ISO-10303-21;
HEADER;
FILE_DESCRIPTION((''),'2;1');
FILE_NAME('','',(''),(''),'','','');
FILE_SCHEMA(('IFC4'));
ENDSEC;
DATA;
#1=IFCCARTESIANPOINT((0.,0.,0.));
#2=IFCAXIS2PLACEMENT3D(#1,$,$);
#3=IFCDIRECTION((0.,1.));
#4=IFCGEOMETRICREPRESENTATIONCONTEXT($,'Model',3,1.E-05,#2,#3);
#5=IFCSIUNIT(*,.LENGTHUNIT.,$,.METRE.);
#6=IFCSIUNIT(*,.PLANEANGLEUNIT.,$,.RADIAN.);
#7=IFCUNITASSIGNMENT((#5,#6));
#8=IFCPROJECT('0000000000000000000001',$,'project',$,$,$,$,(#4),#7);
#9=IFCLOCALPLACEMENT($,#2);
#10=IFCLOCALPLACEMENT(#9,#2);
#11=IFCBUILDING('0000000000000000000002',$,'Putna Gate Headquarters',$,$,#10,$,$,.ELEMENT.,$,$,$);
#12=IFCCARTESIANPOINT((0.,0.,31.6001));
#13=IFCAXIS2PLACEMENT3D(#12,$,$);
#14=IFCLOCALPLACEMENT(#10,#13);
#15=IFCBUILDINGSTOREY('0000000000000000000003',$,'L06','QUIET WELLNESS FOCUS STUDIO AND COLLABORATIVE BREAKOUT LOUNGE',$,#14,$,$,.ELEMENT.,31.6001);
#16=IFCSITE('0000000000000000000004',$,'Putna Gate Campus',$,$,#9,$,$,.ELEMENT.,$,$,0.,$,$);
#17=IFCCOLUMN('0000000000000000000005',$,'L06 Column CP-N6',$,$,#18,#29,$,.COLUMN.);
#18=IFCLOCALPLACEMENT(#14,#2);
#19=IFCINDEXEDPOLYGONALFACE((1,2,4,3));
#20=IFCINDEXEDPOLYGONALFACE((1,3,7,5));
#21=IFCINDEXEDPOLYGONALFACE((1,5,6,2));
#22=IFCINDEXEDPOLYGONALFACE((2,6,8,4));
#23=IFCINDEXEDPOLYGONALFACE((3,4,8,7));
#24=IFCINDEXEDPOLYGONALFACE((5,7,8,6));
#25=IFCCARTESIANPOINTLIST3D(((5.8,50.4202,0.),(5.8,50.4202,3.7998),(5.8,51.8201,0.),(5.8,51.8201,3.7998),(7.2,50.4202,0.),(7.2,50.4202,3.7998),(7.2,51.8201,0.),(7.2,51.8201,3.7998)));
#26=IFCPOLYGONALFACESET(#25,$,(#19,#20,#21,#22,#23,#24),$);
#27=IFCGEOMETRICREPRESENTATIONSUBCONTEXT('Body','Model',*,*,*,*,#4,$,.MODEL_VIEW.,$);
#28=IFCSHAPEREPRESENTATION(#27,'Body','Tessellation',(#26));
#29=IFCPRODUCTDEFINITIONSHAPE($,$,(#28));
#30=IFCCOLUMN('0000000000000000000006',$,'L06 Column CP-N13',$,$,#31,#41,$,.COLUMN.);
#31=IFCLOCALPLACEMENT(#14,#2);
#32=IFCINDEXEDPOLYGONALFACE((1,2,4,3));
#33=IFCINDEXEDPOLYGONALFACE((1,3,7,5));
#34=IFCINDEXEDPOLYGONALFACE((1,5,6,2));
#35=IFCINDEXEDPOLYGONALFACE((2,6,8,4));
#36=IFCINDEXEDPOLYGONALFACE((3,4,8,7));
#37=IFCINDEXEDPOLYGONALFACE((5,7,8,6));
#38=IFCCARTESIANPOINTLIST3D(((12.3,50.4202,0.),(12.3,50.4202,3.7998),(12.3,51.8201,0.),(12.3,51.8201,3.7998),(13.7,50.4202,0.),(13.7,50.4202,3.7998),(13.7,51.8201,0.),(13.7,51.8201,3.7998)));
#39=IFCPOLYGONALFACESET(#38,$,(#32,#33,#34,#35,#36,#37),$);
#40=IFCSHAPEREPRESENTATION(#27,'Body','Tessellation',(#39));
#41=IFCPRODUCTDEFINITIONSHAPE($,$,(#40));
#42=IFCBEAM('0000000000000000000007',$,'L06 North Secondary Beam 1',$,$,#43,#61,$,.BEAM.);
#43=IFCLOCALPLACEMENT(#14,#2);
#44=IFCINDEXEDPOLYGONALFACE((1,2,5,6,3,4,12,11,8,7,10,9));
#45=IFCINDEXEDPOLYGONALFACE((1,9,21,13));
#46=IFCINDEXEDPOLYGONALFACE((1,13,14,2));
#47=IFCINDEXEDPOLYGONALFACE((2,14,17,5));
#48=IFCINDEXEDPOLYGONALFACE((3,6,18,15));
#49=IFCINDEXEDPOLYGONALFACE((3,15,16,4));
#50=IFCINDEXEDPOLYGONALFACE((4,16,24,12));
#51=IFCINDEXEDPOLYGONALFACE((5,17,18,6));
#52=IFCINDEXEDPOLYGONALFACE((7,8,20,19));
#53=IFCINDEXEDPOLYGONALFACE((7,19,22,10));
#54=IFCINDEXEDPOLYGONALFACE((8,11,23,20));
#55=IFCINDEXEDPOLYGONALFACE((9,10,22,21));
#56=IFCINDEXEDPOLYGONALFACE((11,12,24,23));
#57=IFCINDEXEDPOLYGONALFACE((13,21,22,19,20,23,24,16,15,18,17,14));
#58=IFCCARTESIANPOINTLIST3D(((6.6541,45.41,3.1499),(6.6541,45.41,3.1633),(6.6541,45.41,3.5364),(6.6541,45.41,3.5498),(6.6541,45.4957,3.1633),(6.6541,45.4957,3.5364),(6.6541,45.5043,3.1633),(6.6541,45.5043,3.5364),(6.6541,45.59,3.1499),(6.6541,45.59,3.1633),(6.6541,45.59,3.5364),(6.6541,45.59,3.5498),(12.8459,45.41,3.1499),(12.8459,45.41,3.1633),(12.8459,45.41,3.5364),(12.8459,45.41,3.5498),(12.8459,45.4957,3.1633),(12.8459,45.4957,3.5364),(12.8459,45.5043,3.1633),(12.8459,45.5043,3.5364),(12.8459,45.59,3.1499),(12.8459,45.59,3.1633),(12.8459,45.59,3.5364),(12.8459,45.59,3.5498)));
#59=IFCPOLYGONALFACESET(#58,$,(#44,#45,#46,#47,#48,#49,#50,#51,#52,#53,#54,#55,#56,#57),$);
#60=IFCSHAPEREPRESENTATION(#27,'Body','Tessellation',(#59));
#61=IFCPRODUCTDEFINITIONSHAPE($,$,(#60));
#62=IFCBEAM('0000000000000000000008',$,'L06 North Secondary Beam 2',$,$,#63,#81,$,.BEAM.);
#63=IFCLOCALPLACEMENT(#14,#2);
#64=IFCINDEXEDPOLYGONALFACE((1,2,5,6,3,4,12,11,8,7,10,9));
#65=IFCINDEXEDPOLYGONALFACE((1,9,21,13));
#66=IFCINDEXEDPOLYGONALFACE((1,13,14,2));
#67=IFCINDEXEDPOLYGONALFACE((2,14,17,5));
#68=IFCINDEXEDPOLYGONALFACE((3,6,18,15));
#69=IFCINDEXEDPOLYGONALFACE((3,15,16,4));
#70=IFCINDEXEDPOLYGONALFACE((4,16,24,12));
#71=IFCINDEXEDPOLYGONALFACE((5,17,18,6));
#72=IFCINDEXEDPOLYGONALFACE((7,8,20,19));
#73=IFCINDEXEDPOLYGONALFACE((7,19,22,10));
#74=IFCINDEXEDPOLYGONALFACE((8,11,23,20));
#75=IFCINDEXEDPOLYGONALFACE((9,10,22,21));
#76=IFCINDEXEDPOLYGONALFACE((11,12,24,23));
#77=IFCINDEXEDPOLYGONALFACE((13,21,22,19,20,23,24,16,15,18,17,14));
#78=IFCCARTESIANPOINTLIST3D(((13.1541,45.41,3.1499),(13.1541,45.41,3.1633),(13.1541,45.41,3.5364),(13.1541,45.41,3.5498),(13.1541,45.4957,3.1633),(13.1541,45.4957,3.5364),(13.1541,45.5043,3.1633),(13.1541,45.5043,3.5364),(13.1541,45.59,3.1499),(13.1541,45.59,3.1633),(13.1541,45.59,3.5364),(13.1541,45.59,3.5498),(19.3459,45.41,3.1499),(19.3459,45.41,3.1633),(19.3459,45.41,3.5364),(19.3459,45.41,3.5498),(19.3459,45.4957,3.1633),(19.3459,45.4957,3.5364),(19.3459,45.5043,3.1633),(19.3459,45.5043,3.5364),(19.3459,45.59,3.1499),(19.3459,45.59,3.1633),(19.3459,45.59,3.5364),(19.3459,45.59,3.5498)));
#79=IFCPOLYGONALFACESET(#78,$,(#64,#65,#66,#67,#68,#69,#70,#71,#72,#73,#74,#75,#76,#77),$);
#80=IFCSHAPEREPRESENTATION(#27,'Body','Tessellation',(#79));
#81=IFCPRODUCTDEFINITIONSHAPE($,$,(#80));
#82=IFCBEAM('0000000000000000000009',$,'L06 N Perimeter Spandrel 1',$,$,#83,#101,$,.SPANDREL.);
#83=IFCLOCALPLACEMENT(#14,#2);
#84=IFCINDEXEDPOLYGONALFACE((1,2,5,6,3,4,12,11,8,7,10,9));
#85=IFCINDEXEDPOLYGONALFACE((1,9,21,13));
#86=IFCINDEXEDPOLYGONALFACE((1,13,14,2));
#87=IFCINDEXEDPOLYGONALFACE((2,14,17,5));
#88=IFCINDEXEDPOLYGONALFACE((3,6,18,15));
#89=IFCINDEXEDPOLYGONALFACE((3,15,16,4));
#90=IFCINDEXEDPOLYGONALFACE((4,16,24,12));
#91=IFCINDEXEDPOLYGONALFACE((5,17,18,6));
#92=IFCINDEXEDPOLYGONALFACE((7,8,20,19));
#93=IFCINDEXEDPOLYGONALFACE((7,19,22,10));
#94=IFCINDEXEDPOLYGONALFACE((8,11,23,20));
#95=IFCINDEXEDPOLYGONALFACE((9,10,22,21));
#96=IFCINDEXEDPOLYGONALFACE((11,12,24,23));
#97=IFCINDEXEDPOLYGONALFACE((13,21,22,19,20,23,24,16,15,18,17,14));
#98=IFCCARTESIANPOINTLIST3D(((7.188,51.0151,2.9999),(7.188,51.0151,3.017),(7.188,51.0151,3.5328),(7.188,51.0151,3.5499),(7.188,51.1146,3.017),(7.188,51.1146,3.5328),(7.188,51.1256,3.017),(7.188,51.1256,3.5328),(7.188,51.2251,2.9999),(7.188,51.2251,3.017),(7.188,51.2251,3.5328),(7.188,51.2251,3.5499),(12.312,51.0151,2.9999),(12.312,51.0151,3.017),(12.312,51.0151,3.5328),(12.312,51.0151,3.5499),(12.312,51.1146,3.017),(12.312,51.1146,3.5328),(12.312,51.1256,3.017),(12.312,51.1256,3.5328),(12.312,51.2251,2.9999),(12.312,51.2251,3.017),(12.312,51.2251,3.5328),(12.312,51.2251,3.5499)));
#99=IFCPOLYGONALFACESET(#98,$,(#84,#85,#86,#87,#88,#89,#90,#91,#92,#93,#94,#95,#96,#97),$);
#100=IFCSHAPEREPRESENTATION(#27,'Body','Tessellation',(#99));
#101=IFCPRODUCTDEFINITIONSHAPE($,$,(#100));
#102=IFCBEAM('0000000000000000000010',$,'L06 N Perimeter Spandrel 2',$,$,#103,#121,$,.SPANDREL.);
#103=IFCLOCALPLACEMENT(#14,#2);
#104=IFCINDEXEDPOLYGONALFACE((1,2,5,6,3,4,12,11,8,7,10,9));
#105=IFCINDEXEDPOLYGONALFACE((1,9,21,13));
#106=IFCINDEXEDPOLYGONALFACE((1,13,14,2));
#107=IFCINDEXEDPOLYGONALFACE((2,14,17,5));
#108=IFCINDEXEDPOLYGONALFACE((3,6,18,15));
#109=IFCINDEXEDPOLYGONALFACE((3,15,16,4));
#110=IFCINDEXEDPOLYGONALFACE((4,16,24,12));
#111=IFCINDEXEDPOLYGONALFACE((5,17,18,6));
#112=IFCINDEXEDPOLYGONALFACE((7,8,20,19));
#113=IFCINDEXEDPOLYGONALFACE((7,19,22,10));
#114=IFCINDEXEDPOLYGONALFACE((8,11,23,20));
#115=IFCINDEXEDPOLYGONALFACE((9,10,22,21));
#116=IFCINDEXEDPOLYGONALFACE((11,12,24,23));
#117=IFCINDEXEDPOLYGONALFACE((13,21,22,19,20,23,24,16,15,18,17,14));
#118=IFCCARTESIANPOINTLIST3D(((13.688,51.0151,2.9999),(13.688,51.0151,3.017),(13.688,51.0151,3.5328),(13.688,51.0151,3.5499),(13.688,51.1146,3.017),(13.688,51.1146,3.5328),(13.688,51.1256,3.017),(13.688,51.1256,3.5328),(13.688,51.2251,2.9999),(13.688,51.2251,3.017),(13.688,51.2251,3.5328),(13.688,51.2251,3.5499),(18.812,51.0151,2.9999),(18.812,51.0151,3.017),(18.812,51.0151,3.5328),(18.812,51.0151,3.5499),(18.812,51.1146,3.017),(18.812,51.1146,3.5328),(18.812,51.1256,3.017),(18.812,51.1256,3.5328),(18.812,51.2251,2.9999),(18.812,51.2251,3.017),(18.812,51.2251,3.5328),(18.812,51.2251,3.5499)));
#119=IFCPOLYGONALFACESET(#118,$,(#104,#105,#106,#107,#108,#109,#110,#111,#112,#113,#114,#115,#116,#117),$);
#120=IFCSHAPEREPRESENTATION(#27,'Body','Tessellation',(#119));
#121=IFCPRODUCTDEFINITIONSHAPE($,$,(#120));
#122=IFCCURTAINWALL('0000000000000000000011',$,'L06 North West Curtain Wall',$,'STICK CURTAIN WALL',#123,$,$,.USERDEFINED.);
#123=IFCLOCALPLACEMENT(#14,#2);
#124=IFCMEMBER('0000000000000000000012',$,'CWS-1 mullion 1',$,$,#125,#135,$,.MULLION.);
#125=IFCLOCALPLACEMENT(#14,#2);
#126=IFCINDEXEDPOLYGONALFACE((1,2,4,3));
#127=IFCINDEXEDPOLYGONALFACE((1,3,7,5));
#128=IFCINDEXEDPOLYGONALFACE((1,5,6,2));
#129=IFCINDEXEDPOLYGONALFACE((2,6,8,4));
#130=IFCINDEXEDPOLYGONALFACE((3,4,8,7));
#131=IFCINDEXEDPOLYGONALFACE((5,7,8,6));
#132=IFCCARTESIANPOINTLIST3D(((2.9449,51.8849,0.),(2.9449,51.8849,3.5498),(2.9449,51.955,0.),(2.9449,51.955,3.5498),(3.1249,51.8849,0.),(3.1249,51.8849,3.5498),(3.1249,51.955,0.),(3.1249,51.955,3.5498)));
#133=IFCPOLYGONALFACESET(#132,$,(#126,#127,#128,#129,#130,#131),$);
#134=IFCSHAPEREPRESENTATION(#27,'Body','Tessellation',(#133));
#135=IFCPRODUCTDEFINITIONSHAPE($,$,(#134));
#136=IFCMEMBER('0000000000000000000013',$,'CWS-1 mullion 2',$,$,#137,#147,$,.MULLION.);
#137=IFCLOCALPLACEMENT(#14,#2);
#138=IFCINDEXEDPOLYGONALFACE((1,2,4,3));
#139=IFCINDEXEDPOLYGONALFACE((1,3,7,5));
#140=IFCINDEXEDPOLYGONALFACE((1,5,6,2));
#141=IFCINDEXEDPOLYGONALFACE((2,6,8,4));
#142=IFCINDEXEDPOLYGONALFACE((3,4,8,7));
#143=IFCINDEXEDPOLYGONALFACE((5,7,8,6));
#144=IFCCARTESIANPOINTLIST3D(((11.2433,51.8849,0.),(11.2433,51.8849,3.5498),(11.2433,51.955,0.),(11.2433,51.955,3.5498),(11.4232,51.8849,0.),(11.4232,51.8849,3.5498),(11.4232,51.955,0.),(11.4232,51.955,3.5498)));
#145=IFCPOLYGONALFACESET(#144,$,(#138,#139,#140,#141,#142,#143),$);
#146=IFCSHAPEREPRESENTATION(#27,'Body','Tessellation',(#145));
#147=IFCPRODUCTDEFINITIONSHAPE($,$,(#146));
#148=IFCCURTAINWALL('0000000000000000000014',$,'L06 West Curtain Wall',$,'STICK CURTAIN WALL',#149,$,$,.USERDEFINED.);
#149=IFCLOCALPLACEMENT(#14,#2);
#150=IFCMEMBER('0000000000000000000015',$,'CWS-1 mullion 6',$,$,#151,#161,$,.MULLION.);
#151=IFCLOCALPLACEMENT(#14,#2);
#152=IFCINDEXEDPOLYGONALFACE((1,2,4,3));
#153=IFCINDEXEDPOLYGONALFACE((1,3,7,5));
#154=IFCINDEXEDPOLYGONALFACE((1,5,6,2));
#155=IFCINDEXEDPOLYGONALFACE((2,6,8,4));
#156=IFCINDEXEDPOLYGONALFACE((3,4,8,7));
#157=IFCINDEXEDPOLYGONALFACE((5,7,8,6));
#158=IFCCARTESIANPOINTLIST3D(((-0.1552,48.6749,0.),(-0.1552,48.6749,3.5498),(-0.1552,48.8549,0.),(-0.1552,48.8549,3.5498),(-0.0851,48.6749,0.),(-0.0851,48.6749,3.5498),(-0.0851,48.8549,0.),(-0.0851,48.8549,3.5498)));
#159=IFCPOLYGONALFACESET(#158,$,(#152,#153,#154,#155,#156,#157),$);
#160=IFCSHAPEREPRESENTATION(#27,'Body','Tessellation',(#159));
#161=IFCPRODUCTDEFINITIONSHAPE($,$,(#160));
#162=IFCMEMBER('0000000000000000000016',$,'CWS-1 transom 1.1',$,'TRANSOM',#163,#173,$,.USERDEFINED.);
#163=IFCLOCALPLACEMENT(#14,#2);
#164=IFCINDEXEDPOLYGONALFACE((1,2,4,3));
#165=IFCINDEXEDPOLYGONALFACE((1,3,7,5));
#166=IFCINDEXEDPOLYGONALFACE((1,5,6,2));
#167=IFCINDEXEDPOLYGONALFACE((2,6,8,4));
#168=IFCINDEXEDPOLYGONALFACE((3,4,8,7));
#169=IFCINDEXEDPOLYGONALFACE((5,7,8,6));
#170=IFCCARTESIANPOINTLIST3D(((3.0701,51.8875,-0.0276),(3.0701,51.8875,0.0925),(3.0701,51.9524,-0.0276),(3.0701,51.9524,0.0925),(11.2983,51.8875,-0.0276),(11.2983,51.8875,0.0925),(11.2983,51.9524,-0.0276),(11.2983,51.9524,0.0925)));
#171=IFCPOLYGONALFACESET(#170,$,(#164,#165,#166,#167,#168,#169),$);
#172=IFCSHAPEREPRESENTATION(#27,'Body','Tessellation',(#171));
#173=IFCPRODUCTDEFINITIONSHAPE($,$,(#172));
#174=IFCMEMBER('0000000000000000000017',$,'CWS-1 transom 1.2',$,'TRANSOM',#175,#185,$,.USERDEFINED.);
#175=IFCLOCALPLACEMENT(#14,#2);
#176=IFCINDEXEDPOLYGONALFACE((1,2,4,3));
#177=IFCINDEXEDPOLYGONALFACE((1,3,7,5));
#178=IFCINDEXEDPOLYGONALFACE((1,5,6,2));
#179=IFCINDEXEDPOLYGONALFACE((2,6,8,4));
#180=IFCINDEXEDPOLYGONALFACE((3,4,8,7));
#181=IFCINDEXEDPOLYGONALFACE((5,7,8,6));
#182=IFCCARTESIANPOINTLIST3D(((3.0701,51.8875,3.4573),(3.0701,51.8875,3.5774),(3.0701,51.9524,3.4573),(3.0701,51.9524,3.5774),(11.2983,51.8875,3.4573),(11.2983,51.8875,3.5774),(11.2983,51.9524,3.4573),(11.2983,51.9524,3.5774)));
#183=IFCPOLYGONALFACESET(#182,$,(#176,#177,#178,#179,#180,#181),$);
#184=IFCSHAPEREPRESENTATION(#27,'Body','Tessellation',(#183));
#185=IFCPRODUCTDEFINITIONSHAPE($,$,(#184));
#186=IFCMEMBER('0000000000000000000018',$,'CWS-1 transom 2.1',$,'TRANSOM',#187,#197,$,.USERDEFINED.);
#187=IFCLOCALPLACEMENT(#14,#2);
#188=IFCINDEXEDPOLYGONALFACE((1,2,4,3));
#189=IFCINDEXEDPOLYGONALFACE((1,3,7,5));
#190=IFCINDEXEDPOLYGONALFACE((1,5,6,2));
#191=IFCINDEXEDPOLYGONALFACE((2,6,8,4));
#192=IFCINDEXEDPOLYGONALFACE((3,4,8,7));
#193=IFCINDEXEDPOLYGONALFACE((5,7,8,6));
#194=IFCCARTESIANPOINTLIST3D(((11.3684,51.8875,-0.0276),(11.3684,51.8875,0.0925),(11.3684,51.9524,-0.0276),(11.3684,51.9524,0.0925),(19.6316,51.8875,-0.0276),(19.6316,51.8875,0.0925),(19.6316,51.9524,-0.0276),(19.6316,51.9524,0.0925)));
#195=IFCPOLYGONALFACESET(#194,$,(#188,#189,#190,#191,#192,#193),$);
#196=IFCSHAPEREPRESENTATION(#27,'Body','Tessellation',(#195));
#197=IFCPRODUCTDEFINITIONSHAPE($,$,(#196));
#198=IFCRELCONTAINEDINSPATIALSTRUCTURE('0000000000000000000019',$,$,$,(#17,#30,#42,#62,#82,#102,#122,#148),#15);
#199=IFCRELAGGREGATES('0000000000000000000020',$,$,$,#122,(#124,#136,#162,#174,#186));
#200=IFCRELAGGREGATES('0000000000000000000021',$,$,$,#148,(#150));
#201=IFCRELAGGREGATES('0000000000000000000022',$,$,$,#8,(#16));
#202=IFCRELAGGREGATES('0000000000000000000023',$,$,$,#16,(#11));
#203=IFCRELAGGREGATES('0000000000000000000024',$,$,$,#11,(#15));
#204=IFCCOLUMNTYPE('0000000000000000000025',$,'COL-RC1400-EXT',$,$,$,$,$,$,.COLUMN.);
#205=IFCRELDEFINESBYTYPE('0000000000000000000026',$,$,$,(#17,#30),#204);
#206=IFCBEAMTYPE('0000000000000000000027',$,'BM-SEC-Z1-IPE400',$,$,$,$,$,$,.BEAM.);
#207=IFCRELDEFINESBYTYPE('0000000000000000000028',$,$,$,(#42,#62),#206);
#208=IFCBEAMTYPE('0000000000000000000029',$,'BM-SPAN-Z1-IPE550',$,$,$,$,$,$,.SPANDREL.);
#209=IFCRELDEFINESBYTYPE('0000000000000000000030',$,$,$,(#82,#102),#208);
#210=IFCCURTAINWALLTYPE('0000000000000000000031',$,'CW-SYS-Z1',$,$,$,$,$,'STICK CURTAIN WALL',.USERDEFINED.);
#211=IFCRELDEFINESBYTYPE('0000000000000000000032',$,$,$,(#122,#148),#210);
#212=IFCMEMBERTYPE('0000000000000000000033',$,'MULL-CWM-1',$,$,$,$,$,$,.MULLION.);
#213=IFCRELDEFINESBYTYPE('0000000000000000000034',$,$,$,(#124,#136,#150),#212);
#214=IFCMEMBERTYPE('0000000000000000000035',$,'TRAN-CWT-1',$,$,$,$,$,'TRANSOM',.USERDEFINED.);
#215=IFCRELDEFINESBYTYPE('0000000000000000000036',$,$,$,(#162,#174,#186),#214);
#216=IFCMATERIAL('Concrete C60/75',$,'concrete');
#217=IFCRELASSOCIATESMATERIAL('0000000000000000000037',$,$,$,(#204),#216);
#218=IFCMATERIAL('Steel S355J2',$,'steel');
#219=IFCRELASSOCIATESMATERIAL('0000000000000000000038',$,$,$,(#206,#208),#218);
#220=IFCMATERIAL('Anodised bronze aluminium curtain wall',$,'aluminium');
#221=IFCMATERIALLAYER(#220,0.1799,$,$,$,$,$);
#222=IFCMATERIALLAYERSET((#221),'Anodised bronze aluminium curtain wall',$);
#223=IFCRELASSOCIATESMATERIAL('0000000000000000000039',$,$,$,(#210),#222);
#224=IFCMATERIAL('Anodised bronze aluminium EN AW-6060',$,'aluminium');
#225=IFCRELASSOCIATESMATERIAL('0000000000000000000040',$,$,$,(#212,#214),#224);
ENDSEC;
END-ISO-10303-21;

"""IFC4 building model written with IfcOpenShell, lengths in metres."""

from ifc_helpers import new_model, si_unit, direction, frame, origin, origin_2d, place, context, subcontext, project, spatial, rectangle, i_section, extrude, material, layer, layer_set, material_profile, profile_set, type_object, element, aggregate, save


model = new_model("IFC4")

# Units and contexts
model_context = context("Model", 3, precision=1e-05, world=origin(), true_north=direction((0.0, 1.0)))
body_context = subcontext(model_context, "Body", "Model", "MODEL_VIEW")
ifc_project = project(units=[si_unit("LENGTHUNIT", "METRE"), si_unit("PLANEANGLEUNIT", "RADIAN")], contexts=[model_context])

# Site, building, storey
site_placement = place(None, origin())
site = spatial("IfcSite", under=ifc_project, at=site_placement, Name="Putna Gate Campus", CompositionType="ELEMENT", RefElevation=0.0)
building_placement = place(site_placement, origin())
building = spatial("IfcBuilding", under=site, at=building_placement, Name="Putna Gate Headquarters", CompositionType="ELEMENT")
storey_placement = place(building_placement, frame((0.0, 0.0, 31.6001)))
storey = spatial("IfcBuildingStorey", under=building, at=storey_placement, Name="L06", Description="QUIET WELLNESS FOCUS STUDIO AND COLLABORATIVE BREAKOUT LOUNGE", CompositionType="ELEMENT", Elevation=31.6001)

# Columns
ifc_material_1 = material(Name="Concrete C60/75", Category="concrete")
ifc_material_profile_1 = material_profile(ifc_material_1, rectangle(XDim=1.3999, YDim=1.3999, at=origin_2d()), Name="Concrete C60/75")
ifc_profile_set_1 = profile_set([ifc_material_profile_1], Name="Concrete C60/75")
column_type = type_object("IfcColumnType", Name="COL-RC1400-EXT", PredefinedType="COLUMN", material=ifc_profile_set_1)
for number, where, z_axis, x_axis, name in (
    (1, (6.5, 51.1201, 0.0), (0.0, 0.0, 1.0), (1.0, 0.0, 0.0), "L06 Column CP-N6"),
    (2, (13.0, 51.1201, 0.0), (0.0, 0.0, 1.0), (1.0, 0.0, 0.0), "L06 Column CP-N13"),
):
    element("IfcColumn", number, at=place(storey_placement, frame(where, z_axis=z_axis, x_axis=x_axis)), inside=storey, type_object=column_type, Name=name, PredefinedType="COLUMN", context=body_context, shape_type="SweptSolid", body=[
        extrude(rectangle(XDim=1.3999, YDim=1.3999, at=origin_2d()), origin(), (0.0, 0.0, 1.0), 3.7998),
    ])

# Beams
ifc_material_2 = material(Name="Steel S355J2", Category="steel")
ifc_material_profile_2 = material_profile(ifc_material_2, i_section(OverallWidth=0.1799, OverallDepth=0.3999, WebThickness=0.0085, FlangeThickness=0.0134, at=origin_2d()), Name="Steel S355J2")
ifc_profile_set_2 = profile_set([ifc_material_profile_2], Name="Steel S355J2")
beam_type_1 = type_object("IfcBeamType", Name="BM-SEC-Z1-IPE400", PredefinedType="BEAM", material=ifc_profile_set_2)
for number, where, z_axis, x_axis, name in (
    (3, (6.6541, 45.5, 3.3499), (1.0, 0.0, 0.0), (0.0, 1.0, 0.0), "L06 North Secondary Beam 1"),
    (4, (13.1541, 45.5, 3.3499), (1.0, 0.0, 0.0), (0.0, 1.0, 0.0), "L06 North Secondary Beam 2"),
):
    element("IfcBeam", number, at=place(storey_placement, frame(where, z_axis=z_axis, x_axis=x_axis)), inside=storey, type_object=beam_type_1, Name=name, PredefinedType="BEAM", context=body_context, shape_type="SweptSolid", body=[
        extrude(i_section(OverallWidth=0.1799, OverallDepth=0.3999, WebThickness=0.0085, FlangeThickness=0.0134, at=origin_2d()), origin(), (0.0, 0.0, 1.0), 6.1919),
    ])
ifc_material_profile_3 = material_profile(ifc_material_2, i_section(OverallWidth=0.21, OverallDepth=0.55, WebThickness=0.011, FlangeThickness=0.0171, at=origin_2d()), Name="Steel S355J2")
ifc_profile_set_3 = profile_set([ifc_material_profile_3], Name="Steel S355J2")
beam_type_2 = type_object("IfcBeamType", Name="BM-SPAN-Z1-IPE550", PredefinedType="SPANDREL", material=ifc_profile_set_3)
for number, where, z_axis, x_axis, name in (
    (5, (7.188, 51.1201, 3.2749), (1.0, 0.0, 0.0), (0.0, 1.0, 0.0), "L06 N Perimeter Spandrel 1"),
    (6, (13.688, 51.1201, 3.2749), (1.0, 0.0, 0.0), (0.0, 1.0, 0.0), "L06 N Perimeter Spandrel 2"),
):
    element("IfcBeam", number, at=place(storey_placement, frame(where, z_axis=z_axis, x_axis=x_axis)), inside=storey, type_object=beam_type_2, Name=name, PredefinedType="SPANDREL", context=body_context, shape_type="SweptSolid", body=[
        extrude(i_section(OverallWidth=0.21, OverallDepth=0.55, WebThickness=0.011, FlangeThickness=0.0171, at=origin_2d()), origin(), (0.0, 0.0, 1.0), 5.124),
    ])

# Curtain wall, members
ifc_material_3 = material(Name="Anodised bronze aluminium curtain wall", Category="aluminium")
ifc_layer_1 = layer(ifc_material_3, 0.1799)
ifc_layer_set_1 = layer_set([ifc_layer_1], Name="Anodised bronze aluminium curtain wall")
curtain_wall_type = type_object("IfcCurtainWallType", Name="CW-SYS-Z1", ElementType="STICK CURTAIN WALL", PredefinedType="USERDEFINED", material=ifc_layer_set_1)
curtain_wall_1_placement = place(storey_placement, origin())
curtain_wall_1 = element("IfcCurtainWall", 7, at=curtain_wall_1_placement, inside=storey, type_object=curtain_wall_type, Name="L06 North West Curtain Wall", ObjectType="STICK CURTAIN WALL", PredefinedType="USERDEFINED")
ifc_material_4 = material(Name="Anodised bronze aluminium EN AW-6060", Category="aluminium")
ifc_material_profile_4 = material_profile(ifc_material_4, rectangle(XDim=0.0701, YDim=0.1799, at=origin_2d()), Name="Anodised bronze aluminium EN AW-6060")
ifc_profile_set_4 = profile_set([ifc_material_profile_4], Name="Anodised bronze aluminium EN AW-6060")
member_type_1 = type_object("IfcMemberType", Name="MULL-CWM-1", PredefinedType="MULLION", material=ifc_profile_set_4)
member_1_placement = place(storey_placement, frame((3.0349, 51.9199, 0.0), z_axis=(0.0, 0.0, 1.0), x_axis=(0.0, 1.0, 0.0)))
member_1 = element("IfcMember", 8, at=member_1_placement, type_object=member_type_1, Name="CWS-1 mullion 1", PredefinedType="MULLION", context=body_context, shape_type="SweptSolid", body=[
    extrude(rectangle(XDim=0.0701, YDim=0.1799, at=origin_2d()), origin(), (0.0, 0.0, 1.0), 3.5498),
])
member_2_placement = place(storey_placement, frame((11.3333, 51.9199, 0.0), z_axis=(0.0, 0.0, 1.0), x_axis=(0.0, 1.0, 0.0)))
member_2 = element("IfcMember", 9, at=member_2_placement, type_object=member_type_1, Name="CWS-1 mullion 2", PredefinedType="MULLION", context=body_context, shape_type="SweptSolid", body=[
    extrude(rectangle(XDim=0.0701, YDim=0.1799, at=origin_2d()), origin(), (0.0, 0.0, 1.0), 3.5498),
])

# Curtain wall, member
curtain_wall_2_placement = place(storey_placement, origin())
curtain_wall_2 = element("IfcCurtainWall", 10, at=curtain_wall_2_placement, inside=storey, type_object=curtain_wall_type, Name="L06 West Curtain Wall", ObjectType="STICK CURTAIN WALL", PredefinedType="USERDEFINED")
member_3_placement = place(storey_placement, frame((-0.1201, 48.7649, 0.0), z_axis=(0.0, 0.0, 1.0), x_axis=(-1.0, 0.0, 0.0)))
member_3 = element("IfcMember", 11, at=member_3_placement, type_object=member_type_1, Name="CWS-1 mullion 6", PredefinedType="MULLION", context=body_context, shape_type="SweptSolid", body=[
    extrude(rectangle(XDim=0.0701, YDim=0.1799, at=origin_2d()), origin(), (0.0, 0.0, 1.0), 3.5498),
])

# Members
ifc_material_profile_5 = material_profile(ifc_material_4, rectangle(XDim=0.0649, YDim=0.1201, at=origin_2d()), Name="Anodised bronze aluminium EN AW-6060")
ifc_profile_set_5 = profile_set([ifc_material_profile_5], Name="Anodised bronze aluminium EN AW-6060")
member_type_2 = type_object("IfcMemberType", Name="TRAN-CWT-1", ElementType="TRANSOM", PredefinedType="USERDEFINED", material=ifc_profile_set_5)
member_4_placement = place(storey_placement, frame((3.0701, 51.9199, 0.0325), z_axis=(1.0, 0.0, 0.0), x_axis=(0.0, 1.0, 0.0)))
member_4 = element("IfcMember", 12, at=member_4_placement, type_object=member_type_2, Name="CWS-1 transom 1.1", ObjectType="TRANSOM", PredefinedType="USERDEFINED", context=body_context, shape_type="SweptSolid", body=[
    extrude(rectangle(XDim=0.0649, YDim=0.1201, at=origin_2d()), origin(), (0.0, 0.0, 1.0), 8.2283),
])
member_5_placement = place(storey_placement, frame((3.0701, 51.9199, 3.5173), z_axis=(1.0, 0.0, 0.0), x_axis=(0.0, 1.0, 0.0)))
member_5 = element("IfcMember", 13, at=member_5_placement, type_object=member_type_2, Name="CWS-1 transom 1.2", ObjectType="TRANSOM", PredefinedType="USERDEFINED", context=body_context, shape_type="SweptSolid", body=[
    extrude(rectangle(XDim=0.0649, YDim=0.1201, at=origin_2d()), origin(), (0.0, 0.0, 1.0), 8.2283),
])
member_6_placement = place(storey_placement, frame((11.3684, 51.9199, 0.0325), z_axis=(1.0, 0.0, 0.0), x_axis=(0.0, 1.0, 0.0)))
member_6 = element("IfcMember", 14, at=member_6_placement, type_object=member_type_2, Name="CWS-1 transom 2.1", ObjectType="TRANSOM", PredefinedType="USERDEFINED", context=body_context, shape_type="SweptSolid", body=[
    extrude(rectangle(XDim=0.0649, YDim=0.1201, at=origin_2d()), origin(), (0.0, 0.0, 1.0), 8.2632),
])

aggregate(curtain_wall_1, [member_1, member_2, member_4, member_5, member_6])
aggregate(curtain_wall_2, [member_3])

save(model, "model.ifc")
